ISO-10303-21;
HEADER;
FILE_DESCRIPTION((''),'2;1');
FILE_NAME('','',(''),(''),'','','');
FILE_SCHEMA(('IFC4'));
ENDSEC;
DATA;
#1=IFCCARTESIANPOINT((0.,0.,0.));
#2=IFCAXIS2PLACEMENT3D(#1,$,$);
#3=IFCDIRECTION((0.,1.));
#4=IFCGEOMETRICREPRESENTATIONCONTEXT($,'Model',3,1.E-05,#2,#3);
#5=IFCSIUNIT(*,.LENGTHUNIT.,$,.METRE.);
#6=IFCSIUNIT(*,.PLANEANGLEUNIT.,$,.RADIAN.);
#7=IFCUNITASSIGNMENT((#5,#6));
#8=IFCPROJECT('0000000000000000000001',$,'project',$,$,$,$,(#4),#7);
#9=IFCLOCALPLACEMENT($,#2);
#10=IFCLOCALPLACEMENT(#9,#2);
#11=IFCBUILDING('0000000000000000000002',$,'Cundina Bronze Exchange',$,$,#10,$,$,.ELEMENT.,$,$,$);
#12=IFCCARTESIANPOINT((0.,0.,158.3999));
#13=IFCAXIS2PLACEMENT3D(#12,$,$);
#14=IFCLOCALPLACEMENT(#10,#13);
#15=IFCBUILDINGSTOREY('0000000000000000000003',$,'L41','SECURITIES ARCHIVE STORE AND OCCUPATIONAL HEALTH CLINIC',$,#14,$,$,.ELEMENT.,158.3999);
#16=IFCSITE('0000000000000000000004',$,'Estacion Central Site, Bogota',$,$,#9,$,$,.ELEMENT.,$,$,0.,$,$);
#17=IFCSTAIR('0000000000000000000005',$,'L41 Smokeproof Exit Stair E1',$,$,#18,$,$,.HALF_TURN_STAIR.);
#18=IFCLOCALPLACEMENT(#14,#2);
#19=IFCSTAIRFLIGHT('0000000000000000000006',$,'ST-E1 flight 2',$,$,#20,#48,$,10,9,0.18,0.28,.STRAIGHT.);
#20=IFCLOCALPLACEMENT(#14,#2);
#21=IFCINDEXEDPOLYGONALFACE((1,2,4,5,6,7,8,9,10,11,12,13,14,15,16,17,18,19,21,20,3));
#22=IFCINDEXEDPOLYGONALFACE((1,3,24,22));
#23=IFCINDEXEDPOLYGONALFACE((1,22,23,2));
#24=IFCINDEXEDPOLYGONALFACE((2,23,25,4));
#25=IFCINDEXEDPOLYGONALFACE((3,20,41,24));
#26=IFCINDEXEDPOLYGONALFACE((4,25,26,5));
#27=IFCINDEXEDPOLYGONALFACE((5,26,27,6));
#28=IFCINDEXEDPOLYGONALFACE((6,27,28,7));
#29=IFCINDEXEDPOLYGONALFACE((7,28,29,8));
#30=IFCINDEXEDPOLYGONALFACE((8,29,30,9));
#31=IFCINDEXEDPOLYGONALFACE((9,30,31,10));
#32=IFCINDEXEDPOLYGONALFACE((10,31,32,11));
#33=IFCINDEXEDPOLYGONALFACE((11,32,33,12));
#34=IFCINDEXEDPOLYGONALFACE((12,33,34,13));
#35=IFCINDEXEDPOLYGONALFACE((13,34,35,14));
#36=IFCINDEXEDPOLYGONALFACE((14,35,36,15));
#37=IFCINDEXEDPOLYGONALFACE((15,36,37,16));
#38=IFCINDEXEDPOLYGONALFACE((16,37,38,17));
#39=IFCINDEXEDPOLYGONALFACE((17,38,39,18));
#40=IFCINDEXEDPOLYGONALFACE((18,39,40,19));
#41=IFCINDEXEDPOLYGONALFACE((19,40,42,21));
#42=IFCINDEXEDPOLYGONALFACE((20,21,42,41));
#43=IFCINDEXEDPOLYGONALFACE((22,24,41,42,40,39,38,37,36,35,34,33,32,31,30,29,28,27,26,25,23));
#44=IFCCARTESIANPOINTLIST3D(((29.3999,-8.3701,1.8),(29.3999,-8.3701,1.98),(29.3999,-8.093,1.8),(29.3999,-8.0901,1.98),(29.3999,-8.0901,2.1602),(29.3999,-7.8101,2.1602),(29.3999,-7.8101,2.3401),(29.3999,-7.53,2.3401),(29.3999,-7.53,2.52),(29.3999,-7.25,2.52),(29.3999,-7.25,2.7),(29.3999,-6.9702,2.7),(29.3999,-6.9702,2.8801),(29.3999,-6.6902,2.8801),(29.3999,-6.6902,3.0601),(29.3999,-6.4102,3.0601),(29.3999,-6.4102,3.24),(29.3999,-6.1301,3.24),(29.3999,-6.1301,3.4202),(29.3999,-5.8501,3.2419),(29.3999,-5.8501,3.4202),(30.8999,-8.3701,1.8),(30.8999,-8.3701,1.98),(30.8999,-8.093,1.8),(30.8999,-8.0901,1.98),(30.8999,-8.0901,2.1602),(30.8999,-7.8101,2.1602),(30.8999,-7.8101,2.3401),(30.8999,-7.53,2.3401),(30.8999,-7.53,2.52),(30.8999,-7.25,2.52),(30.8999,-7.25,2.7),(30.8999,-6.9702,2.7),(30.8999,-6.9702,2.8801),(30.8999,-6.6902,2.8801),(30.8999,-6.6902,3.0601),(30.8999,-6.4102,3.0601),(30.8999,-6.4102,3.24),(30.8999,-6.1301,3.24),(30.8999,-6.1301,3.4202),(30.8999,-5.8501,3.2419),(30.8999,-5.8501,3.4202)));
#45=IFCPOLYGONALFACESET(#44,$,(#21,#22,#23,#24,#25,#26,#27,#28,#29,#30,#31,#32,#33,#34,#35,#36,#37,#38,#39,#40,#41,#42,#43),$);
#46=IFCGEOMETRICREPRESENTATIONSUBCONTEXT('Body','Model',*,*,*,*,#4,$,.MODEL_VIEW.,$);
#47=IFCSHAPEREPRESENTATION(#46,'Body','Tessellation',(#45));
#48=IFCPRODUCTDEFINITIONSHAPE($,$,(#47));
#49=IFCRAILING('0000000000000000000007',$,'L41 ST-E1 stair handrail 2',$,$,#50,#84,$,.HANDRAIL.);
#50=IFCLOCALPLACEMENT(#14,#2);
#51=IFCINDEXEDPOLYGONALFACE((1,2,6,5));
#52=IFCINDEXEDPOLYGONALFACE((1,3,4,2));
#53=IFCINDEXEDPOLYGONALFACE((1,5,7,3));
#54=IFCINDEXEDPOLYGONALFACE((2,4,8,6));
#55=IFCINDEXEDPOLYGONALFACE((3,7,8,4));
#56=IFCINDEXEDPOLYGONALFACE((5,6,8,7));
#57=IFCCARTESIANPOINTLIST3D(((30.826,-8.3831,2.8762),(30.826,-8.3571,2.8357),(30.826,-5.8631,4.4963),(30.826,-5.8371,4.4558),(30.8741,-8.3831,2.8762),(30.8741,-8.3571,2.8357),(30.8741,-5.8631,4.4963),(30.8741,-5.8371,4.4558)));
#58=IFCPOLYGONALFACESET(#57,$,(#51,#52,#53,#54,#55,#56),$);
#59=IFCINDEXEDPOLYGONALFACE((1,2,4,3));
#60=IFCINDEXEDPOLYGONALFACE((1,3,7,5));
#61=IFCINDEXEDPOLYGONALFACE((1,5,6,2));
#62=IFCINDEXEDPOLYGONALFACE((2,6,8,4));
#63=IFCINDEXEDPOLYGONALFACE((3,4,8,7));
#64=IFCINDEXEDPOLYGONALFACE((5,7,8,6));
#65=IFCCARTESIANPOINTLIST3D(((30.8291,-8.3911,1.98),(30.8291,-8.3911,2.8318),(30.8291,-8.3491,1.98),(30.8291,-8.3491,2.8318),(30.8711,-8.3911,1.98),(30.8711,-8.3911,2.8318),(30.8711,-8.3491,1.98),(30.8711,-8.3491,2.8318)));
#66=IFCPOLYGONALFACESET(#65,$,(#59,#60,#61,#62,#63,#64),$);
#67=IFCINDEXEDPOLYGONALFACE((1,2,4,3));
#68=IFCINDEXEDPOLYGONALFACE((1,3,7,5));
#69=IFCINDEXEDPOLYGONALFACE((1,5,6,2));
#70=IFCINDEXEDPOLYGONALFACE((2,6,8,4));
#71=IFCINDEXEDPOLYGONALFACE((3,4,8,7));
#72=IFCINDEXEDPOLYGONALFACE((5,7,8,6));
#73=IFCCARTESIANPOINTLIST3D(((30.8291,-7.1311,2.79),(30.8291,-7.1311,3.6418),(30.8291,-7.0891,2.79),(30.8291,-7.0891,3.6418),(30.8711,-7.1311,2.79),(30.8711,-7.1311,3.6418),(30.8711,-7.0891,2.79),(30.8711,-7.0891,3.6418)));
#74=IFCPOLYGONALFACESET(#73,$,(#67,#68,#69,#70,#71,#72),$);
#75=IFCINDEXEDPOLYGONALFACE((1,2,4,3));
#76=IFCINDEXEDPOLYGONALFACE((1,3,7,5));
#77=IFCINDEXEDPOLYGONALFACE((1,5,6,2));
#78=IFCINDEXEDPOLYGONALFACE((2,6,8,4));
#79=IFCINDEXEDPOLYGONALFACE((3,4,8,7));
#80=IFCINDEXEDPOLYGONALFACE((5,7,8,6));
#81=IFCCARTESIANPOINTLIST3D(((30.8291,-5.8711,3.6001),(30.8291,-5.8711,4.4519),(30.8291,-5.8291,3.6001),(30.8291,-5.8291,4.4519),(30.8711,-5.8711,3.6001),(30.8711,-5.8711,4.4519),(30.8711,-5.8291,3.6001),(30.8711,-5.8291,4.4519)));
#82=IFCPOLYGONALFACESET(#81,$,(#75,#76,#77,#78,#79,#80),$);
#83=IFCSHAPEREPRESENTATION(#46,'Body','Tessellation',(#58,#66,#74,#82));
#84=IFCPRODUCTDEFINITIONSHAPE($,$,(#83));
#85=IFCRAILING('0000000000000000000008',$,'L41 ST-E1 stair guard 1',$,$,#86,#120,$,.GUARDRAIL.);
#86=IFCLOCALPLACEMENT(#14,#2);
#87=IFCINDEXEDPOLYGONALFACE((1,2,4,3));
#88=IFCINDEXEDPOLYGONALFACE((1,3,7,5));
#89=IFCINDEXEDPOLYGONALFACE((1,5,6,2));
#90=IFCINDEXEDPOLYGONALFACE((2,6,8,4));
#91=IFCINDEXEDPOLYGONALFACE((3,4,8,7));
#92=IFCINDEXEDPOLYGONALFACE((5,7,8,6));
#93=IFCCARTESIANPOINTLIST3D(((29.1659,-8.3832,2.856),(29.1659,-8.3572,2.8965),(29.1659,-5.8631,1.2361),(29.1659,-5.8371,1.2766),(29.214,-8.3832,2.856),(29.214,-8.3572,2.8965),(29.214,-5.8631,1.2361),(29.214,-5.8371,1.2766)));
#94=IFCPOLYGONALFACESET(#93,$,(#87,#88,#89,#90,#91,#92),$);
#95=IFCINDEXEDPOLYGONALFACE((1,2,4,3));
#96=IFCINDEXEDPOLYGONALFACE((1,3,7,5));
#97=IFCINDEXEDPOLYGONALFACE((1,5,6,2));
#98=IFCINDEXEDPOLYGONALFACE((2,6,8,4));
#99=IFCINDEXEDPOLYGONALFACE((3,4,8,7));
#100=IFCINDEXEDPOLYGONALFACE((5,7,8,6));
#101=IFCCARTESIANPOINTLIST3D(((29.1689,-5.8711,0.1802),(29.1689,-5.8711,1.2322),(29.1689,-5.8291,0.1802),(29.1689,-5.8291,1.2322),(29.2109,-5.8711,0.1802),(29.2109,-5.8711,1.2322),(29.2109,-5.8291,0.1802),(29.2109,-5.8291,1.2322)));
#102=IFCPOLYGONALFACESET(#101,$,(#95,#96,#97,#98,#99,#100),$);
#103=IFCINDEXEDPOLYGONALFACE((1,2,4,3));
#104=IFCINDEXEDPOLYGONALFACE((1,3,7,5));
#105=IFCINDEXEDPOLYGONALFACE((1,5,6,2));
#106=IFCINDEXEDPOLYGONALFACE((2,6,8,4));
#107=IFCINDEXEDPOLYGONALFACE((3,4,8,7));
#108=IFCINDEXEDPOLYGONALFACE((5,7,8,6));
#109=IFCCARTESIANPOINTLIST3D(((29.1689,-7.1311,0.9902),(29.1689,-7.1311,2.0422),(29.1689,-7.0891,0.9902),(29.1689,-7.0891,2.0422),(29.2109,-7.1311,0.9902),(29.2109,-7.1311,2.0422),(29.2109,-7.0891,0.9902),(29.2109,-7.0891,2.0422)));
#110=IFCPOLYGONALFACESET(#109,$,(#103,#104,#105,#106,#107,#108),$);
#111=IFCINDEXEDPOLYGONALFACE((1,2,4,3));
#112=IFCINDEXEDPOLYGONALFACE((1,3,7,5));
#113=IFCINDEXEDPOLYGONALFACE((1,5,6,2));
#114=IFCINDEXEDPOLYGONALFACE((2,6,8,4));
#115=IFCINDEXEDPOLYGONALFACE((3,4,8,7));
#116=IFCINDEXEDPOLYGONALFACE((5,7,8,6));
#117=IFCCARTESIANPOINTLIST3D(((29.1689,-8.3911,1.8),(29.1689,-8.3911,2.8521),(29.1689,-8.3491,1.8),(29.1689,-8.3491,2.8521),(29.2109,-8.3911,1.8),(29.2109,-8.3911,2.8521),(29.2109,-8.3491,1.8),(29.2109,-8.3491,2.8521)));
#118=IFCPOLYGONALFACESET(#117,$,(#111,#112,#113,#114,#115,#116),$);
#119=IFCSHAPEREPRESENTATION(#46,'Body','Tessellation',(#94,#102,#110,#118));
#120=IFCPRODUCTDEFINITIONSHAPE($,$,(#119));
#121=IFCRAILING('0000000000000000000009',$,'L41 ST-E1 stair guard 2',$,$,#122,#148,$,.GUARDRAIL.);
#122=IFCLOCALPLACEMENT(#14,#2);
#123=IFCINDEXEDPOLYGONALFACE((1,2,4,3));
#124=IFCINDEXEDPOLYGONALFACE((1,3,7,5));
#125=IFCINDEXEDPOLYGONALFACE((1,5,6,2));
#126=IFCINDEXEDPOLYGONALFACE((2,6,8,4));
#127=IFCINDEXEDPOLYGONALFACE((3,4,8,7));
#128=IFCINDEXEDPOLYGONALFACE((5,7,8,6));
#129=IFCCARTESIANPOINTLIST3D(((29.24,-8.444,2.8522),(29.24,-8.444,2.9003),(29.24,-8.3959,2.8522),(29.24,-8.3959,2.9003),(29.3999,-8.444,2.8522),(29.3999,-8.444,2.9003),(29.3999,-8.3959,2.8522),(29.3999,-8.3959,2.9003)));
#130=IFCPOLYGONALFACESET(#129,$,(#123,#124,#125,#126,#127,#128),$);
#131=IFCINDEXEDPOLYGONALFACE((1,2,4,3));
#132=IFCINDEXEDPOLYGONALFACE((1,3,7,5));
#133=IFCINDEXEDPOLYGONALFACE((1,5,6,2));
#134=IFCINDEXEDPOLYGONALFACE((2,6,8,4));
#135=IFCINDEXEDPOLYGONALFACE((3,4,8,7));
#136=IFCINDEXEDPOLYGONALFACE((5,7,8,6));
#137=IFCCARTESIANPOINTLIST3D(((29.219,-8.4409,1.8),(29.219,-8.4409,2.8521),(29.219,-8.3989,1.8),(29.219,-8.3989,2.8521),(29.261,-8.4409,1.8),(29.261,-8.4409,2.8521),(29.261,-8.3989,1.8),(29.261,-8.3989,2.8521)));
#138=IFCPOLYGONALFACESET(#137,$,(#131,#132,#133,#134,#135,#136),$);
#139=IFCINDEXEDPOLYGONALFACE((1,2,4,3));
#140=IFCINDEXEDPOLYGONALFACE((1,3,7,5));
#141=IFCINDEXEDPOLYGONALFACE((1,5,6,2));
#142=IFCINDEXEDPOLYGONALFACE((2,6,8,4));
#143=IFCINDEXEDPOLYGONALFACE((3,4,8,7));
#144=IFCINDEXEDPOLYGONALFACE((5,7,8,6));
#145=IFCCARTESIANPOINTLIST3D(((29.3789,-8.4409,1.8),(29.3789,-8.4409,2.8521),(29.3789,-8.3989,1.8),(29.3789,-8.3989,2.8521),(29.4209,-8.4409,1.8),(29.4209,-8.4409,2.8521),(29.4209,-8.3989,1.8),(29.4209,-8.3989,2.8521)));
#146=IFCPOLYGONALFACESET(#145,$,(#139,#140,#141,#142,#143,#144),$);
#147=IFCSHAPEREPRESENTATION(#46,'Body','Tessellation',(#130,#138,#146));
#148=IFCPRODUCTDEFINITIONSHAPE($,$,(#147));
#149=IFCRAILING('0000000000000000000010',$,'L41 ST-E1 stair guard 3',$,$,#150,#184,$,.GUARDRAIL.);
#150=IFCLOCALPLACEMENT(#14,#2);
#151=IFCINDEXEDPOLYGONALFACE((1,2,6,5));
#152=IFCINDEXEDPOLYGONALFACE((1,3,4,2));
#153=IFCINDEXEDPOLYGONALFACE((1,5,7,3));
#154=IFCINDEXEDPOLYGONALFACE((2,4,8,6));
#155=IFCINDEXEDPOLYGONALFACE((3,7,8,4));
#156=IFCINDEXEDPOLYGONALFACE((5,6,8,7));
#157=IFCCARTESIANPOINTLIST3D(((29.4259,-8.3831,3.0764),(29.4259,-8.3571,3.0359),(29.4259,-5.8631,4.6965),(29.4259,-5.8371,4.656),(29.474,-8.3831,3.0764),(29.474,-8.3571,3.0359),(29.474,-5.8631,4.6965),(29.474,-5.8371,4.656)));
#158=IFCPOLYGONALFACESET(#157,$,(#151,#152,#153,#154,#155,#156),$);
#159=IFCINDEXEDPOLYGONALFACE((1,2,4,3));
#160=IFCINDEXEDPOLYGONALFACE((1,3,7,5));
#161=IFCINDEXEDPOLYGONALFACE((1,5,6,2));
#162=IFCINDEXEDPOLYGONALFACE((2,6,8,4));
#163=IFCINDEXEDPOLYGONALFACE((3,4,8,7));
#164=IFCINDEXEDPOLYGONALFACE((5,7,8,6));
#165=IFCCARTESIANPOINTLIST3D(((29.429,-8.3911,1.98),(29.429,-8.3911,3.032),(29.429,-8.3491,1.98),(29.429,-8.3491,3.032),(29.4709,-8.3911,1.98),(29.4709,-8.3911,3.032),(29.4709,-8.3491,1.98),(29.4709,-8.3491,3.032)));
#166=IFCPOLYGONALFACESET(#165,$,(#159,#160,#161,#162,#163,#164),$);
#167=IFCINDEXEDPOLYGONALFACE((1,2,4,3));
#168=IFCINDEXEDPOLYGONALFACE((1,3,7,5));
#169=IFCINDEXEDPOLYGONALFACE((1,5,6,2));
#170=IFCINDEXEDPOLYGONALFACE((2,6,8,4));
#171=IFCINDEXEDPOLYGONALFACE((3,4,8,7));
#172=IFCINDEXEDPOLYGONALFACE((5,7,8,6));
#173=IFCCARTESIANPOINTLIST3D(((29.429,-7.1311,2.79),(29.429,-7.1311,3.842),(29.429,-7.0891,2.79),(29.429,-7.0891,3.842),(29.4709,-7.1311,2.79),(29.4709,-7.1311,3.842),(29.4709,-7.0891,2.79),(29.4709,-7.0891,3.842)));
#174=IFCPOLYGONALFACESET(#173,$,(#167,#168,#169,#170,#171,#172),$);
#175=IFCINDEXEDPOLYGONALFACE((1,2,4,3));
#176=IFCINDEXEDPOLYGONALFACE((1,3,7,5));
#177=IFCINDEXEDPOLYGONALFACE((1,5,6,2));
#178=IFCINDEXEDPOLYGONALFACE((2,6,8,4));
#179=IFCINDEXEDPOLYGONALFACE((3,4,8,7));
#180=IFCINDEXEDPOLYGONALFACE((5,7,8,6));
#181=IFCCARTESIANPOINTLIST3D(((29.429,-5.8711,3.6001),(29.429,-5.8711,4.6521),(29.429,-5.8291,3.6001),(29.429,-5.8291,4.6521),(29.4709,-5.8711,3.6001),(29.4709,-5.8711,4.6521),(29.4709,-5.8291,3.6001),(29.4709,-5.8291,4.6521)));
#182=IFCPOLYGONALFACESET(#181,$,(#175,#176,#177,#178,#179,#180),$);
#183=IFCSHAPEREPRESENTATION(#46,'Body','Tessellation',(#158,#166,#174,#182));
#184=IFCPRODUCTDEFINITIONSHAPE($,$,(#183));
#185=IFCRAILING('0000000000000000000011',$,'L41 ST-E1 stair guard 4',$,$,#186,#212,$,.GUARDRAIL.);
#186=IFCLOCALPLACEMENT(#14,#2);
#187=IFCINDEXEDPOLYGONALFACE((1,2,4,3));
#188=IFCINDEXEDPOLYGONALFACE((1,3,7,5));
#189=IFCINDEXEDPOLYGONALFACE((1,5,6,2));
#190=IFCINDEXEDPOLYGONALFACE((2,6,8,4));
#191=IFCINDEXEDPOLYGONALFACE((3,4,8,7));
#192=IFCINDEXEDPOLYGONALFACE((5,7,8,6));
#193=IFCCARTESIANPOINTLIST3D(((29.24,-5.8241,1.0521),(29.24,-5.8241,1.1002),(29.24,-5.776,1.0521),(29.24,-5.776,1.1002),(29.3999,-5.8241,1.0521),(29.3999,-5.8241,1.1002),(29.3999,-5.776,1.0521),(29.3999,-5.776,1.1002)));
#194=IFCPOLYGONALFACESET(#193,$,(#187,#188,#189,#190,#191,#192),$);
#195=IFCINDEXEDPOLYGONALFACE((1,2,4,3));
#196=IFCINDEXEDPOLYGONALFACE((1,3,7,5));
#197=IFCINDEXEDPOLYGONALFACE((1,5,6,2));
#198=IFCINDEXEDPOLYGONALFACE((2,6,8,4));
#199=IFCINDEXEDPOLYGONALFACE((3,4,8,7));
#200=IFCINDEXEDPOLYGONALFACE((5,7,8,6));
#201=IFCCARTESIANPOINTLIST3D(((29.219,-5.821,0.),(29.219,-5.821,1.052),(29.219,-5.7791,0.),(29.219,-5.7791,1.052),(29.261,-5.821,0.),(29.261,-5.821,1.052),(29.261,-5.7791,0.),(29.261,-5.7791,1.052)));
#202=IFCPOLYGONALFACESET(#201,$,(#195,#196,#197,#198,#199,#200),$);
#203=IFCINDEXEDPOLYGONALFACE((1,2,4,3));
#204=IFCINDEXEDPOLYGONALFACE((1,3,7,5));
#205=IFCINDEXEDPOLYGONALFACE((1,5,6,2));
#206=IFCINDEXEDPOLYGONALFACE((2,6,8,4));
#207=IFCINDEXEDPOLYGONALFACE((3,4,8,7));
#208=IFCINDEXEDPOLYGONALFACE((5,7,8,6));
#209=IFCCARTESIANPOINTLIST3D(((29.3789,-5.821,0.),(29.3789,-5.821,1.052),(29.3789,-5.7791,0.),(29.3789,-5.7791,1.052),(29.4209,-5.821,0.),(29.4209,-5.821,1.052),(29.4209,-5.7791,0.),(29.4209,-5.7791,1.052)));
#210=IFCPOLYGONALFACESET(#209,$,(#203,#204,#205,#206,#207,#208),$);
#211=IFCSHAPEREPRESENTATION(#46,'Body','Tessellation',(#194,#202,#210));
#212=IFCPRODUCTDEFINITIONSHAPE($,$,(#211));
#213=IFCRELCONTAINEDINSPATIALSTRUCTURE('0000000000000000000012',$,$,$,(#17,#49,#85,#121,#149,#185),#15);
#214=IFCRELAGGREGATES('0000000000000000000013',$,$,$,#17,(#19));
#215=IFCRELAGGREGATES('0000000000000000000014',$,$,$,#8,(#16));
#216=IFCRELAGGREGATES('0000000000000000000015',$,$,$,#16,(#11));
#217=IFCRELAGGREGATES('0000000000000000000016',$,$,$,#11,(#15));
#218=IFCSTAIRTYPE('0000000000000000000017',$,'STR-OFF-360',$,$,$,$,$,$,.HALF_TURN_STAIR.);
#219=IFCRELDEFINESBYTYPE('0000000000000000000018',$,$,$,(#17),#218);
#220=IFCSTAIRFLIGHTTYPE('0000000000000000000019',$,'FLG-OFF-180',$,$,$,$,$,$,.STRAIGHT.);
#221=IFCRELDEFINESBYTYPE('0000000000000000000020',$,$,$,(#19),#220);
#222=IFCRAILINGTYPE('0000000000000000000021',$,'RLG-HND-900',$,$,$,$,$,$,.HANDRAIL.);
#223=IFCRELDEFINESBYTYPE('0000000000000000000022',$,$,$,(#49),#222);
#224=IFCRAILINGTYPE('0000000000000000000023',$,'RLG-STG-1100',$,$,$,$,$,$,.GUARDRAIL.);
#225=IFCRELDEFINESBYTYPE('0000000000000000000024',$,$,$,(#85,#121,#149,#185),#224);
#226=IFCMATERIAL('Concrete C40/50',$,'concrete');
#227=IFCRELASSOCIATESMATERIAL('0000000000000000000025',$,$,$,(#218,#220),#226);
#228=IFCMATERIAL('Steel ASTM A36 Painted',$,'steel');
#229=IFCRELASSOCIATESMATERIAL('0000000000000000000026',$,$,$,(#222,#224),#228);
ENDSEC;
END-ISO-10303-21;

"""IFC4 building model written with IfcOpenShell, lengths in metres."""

from ifc_helpers import new_model, si_unit, direction, frame, origin, origin_2d, place, context, subcontext, project, spatial, polyline, rectangle, outline, extrude, material, type_object, element, aggregate, save


model = new_model("IFC4")

# Units and contexts
model_context = context("Model", 3, precision=1e-05, world=origin(), true_north=direction((0.0, 1.0)))
body_context = subcontext(model_context, "Body", "Model", "MODEL_VIEW")
ifc_project = project(units=[si_unit("LENGTHUNIT", "METRE"), si_unit("PLANEANGLEUNIT", "RADIAN")], contexts=[model_context])

# Site, building, storey
site_placement = place(None, origin())
site = spatial("IfcSite", under=ifc_project, at=site_placement, Name="Estacion Central Site, Bogota", CompositionType="ELEMENT", RefElevation=0.0)
building_placement = place(site_placement, origin())
building = spatial("IfcBuilding", under=site, at=building_placement, Name="Cundina Bronze Exchange", CompositionType="ELEMENT")
storey_placement = place(building_placement, frame((0.0, 0.0, 158.3999)))
storey = spatial("IfcBuildingStorey", under=building, at=storey_placement, Name="L41", Description="SECURITIES ARCHIVE STORE AND OCCUPATIONAL HEALTH CLINIC", CompositionType="ELEMENT", Elevation=158.3999)

# Stair, stair flight
ifc_material_1 = material(Name="Concrete C40/50", Category="concrete")
stair_type = type_object("IfcStairType", Name="STR-OFF-360", PredefinedType="HALF_TURN_STAIR", material=ifc_material_1)
stair_placement = place(storey_placement, origin())
stair = element("IfcStair", 1, at=stair_placement, inside=storey, type_object=stair_type, Name="L41 Smokeproof Exit Stair E1", PredefinedType="HALF_TURN_STAIR")
stair_flight_type = type_object("IfcStairFlightType", Name="FLG-OFF-180", PredefinedType="STRAIGHT", material=ifc_material_1)
stair_flight_placement = place(storey_placement, frame((30.1499, -8.3701, 1.8), z_axis=(0.0, 0.0, 1.0), x_axis=(0.0, 1.0, 0.0)))
stair_flight = element("IfcStairFlight", 2, at=stair_flight_placement, type_object=stair_flight_type, Name="ST-E1 flight 2", NumberOfRisers=10, NumberOfTreads=9, PredefinedType="STRAIGHT", RiserHeight=0.18, TreadLength=0.28, context=body_context, shape_type="SweptSolid", body=[
    extrude(outline(polyline([(0.0, 0.0), (0.0, 0.1799), (0.28, 0.1799), (0.28, 0.3601), (0.5601, 0.3601), (0.5601, 0.54), (0.8401, 0.54), (0.8401, 0.72), (1.1201, 0.72), (1.1201, 0.8999), (1.3999, 0.8999), (1.3999, 1.0801), (1.6799, 1.0801), (1.6799, 1.26), (1.96, 1.26), (1.96, 1.4399), (2.24, 1.4399), (2.24, 1.6201), (2.52, 1.6201), (2.52, 1.8), (2.52, 1.4419), (0.2771, 0.0), (0.0, 0.0)])), frame((0.0, 0.75, 0.0), z_axis=(0.0, -1.0, 0.0), x_axis=(1.0, 0.0, 0.0)), (0.0, 0.0, 1.0), 1.5),
])
aggregate(stair, [stair_flight])

# Railings
ifc_material_2 = material(Name="Steel ASTM A36 Painted", Category="steel")
railing_type_1 = type_object("IfcRailingType", Name="RLG-HND-900", PredefinedType="HANDRAIL", material=ifc_material_2)
railing_1_placement = place(storey_placement, frame((30.8501, -8.3701, 1.98)))
element("IfcRailing", 3, at=railing_1_placement, inside=storey, type_object=railing_type_1, Name="L41 ST-E1 stair handrail 2", PredefinedType="HANDRAIL", context=body_context, shape_type="SweptSolid", body=[
    extrude(rectangle(XDim=0.0481, YDim=0.0481, at=origin_2d()), frame((0.0, 0.0, 0.876), z_axis=(0.0, 0.841163, 0.540782), x_axis=(-1.0, 0.0, 0.0)), (0.0, 0.0, 1.0), 2.9958),
    extrude(rectangle(XDim=0.042, YDim=0.042, at=origin_2d()), origin(), (0.0, 0.0, 1.0), 0.8518),
    extrude(rectangle(XDim=0.042, YDim=0.042, at=origin_2d()), frame((0.0, 1.26, 0.8101)), (0.0, 0.0, 1.0), 0.8518),
    extrude(rectangle(XDim=0.042, YDim=0.042, at=origin_2d()), frame((0.0, 2.52, 1.6201)), (0.0, 0.0, 1.0), 0.8518),
])
railing_type_2 = type_object("IfcRailingType", Name="RLG-STG-1100", PredefinedType="GUARDRAIL", material=ifc_material_2)
railing_2_placement = place(storey_placement, frame((29.1899, -5.8501, 0.1802)))
element("IfcRailing", 4, at=railing_2_placement, inside=storey, type_object=railing_type_2, Name="L41 ST-E1 stair guard 1", PredefinedType="GUARDRAIL", context=body_context, shape_type="SweptSolid", body=[
    extrude(rectangle(XDim=0.0481, YDim=0.0481, at=origin_2d()), frame((0.0, 0.0, 1.0762), z_axis=(0.0, -0.8412, 0.540725), x_axis=(1.0, 0.0, 0.0)), (0.0, 0.0, 1.0), 2.9958),
    extrude(rectangle(XDim=0.042, YDim=0.042, at=origin_2d()), origin(), (0.0, 0.0, 1.0), 1.052),
    extrude(rectangle(XDim=0.042, YDim=0.042, at=origin_2d()), frame((0.0, -1.26, 0.8101)), (0.0, 0.0, 1.0), 1.052),
    extrude(rectangle(XDim=0.042, YDim=0.042, at=origin_2d()), frame((0.0, -2.52, 1.6199)), (0.0, 0.0, 1.0), 1.052),
])
railing_3_placement = place(storey_placement, frame((29.24, -8.4199, 1.8)))
element("IfcRailing", 5, at=railing_3_placement, inside=storey, type_object=railing_type_2, Name="L41 ST-E1 stair guard 2", PredefinedType="GUARDRAIL", context=body_context, shape_type="SweptSolid", body=[
    extrude(rectangle(XDim=0.0481, YDim=0.0481, at=origin_2d()), frame((0.0, 0.0, 1.0762), z_axis=(1.0, 0.0, 0.0), x_axis=(0.0, 1.0, 0.0)), (0.0, 0.0, 1.0), 0.1599),
    extrude(rectangle(XDim=0.042, YDim=0.042, at=origin_2d()), origin(), (0.0, 0.0, 1.0), 1.052),
    extrude(rectangle(XDim=0.042, YDim=0.042, at=origin_2d()), frame((0.1599, 0.0, 0.0)), (0.0, 0.0, 1.0), 1.052),
])
railing_4_placement = place(storey_placement, frame((29.45, -8.3701, 1.98)))
element("IfcRailing", 6, at=railing_4_placement, inside=storey, type_object=railing_type_2, Name="L41 ST-E1 stair guard 3", PredefinedType="GUARDRAIL", context=body_context, shape_type="SweptSolid", body=[
    extrude(rectangle(XDim=0.0481, YDim=0.0481, at=origin_2d()), frame((0.0, 0.0, 1.0762), z_axis=(0.0, 0.841163, 0.540782), x_axis=(-1.0, 0.0, 0.0)), (0.0, 0.0, 1.0), 2.9958),
    extrude(rectangle(XDim=0.042, YDim=0.042, at=origin_2d()), origin(), (0.0, 0.0, 1.0), 1.052),
    extrude(rectangle(XDim=0.042, YDim=0.042, at=origin_2d()), frame((0.0, 1.26, 0.8101)), (0.0, 0.0, 1.0), 1.052),
    extrude(rectangle(XDim=0.042, YDim=0.042, at=origin_2d()), frame((0.0, 2.52, 1.6201)), (0.0, 0.0, 1.0), 1.052),
])
railing_5_placement = place(storey_placement, frame((29.24, -5.8, 0.0)))
element("IfcRailing", 7, at=railing_5_placement, inside=storey, type_object=railing_type_2, Name="L41 ST-E1 stair guard 4", PredefinedType="GUARDRAIL", context=body_context, shape_type="SweptSolid", body=[
    extrude(rectangle(XDim=0.0481, YDim=0.0481, at=origin_2d()), frame((0.0, 0.0, 1.0762), z_axis=(1.0, 0.0, 0.0), x_axis=(0.0, 1.0, 0.0)), (0.0, 0.0, 1.0), 0.1599),
    extrude(rectangle(XDim=0.042, YDim=0.042, at=origin_2d()), origin(), (0.0, 0.0, 1.0), 1.052),
    extrude(rectangle(XDim=0.042, YDim=0.042, at=origin_2d()), frame((0.1599, 0.0, 0.0)), (0.0, 0.0, 1.0), 1.052),
])

save(model, "model.ifc")
